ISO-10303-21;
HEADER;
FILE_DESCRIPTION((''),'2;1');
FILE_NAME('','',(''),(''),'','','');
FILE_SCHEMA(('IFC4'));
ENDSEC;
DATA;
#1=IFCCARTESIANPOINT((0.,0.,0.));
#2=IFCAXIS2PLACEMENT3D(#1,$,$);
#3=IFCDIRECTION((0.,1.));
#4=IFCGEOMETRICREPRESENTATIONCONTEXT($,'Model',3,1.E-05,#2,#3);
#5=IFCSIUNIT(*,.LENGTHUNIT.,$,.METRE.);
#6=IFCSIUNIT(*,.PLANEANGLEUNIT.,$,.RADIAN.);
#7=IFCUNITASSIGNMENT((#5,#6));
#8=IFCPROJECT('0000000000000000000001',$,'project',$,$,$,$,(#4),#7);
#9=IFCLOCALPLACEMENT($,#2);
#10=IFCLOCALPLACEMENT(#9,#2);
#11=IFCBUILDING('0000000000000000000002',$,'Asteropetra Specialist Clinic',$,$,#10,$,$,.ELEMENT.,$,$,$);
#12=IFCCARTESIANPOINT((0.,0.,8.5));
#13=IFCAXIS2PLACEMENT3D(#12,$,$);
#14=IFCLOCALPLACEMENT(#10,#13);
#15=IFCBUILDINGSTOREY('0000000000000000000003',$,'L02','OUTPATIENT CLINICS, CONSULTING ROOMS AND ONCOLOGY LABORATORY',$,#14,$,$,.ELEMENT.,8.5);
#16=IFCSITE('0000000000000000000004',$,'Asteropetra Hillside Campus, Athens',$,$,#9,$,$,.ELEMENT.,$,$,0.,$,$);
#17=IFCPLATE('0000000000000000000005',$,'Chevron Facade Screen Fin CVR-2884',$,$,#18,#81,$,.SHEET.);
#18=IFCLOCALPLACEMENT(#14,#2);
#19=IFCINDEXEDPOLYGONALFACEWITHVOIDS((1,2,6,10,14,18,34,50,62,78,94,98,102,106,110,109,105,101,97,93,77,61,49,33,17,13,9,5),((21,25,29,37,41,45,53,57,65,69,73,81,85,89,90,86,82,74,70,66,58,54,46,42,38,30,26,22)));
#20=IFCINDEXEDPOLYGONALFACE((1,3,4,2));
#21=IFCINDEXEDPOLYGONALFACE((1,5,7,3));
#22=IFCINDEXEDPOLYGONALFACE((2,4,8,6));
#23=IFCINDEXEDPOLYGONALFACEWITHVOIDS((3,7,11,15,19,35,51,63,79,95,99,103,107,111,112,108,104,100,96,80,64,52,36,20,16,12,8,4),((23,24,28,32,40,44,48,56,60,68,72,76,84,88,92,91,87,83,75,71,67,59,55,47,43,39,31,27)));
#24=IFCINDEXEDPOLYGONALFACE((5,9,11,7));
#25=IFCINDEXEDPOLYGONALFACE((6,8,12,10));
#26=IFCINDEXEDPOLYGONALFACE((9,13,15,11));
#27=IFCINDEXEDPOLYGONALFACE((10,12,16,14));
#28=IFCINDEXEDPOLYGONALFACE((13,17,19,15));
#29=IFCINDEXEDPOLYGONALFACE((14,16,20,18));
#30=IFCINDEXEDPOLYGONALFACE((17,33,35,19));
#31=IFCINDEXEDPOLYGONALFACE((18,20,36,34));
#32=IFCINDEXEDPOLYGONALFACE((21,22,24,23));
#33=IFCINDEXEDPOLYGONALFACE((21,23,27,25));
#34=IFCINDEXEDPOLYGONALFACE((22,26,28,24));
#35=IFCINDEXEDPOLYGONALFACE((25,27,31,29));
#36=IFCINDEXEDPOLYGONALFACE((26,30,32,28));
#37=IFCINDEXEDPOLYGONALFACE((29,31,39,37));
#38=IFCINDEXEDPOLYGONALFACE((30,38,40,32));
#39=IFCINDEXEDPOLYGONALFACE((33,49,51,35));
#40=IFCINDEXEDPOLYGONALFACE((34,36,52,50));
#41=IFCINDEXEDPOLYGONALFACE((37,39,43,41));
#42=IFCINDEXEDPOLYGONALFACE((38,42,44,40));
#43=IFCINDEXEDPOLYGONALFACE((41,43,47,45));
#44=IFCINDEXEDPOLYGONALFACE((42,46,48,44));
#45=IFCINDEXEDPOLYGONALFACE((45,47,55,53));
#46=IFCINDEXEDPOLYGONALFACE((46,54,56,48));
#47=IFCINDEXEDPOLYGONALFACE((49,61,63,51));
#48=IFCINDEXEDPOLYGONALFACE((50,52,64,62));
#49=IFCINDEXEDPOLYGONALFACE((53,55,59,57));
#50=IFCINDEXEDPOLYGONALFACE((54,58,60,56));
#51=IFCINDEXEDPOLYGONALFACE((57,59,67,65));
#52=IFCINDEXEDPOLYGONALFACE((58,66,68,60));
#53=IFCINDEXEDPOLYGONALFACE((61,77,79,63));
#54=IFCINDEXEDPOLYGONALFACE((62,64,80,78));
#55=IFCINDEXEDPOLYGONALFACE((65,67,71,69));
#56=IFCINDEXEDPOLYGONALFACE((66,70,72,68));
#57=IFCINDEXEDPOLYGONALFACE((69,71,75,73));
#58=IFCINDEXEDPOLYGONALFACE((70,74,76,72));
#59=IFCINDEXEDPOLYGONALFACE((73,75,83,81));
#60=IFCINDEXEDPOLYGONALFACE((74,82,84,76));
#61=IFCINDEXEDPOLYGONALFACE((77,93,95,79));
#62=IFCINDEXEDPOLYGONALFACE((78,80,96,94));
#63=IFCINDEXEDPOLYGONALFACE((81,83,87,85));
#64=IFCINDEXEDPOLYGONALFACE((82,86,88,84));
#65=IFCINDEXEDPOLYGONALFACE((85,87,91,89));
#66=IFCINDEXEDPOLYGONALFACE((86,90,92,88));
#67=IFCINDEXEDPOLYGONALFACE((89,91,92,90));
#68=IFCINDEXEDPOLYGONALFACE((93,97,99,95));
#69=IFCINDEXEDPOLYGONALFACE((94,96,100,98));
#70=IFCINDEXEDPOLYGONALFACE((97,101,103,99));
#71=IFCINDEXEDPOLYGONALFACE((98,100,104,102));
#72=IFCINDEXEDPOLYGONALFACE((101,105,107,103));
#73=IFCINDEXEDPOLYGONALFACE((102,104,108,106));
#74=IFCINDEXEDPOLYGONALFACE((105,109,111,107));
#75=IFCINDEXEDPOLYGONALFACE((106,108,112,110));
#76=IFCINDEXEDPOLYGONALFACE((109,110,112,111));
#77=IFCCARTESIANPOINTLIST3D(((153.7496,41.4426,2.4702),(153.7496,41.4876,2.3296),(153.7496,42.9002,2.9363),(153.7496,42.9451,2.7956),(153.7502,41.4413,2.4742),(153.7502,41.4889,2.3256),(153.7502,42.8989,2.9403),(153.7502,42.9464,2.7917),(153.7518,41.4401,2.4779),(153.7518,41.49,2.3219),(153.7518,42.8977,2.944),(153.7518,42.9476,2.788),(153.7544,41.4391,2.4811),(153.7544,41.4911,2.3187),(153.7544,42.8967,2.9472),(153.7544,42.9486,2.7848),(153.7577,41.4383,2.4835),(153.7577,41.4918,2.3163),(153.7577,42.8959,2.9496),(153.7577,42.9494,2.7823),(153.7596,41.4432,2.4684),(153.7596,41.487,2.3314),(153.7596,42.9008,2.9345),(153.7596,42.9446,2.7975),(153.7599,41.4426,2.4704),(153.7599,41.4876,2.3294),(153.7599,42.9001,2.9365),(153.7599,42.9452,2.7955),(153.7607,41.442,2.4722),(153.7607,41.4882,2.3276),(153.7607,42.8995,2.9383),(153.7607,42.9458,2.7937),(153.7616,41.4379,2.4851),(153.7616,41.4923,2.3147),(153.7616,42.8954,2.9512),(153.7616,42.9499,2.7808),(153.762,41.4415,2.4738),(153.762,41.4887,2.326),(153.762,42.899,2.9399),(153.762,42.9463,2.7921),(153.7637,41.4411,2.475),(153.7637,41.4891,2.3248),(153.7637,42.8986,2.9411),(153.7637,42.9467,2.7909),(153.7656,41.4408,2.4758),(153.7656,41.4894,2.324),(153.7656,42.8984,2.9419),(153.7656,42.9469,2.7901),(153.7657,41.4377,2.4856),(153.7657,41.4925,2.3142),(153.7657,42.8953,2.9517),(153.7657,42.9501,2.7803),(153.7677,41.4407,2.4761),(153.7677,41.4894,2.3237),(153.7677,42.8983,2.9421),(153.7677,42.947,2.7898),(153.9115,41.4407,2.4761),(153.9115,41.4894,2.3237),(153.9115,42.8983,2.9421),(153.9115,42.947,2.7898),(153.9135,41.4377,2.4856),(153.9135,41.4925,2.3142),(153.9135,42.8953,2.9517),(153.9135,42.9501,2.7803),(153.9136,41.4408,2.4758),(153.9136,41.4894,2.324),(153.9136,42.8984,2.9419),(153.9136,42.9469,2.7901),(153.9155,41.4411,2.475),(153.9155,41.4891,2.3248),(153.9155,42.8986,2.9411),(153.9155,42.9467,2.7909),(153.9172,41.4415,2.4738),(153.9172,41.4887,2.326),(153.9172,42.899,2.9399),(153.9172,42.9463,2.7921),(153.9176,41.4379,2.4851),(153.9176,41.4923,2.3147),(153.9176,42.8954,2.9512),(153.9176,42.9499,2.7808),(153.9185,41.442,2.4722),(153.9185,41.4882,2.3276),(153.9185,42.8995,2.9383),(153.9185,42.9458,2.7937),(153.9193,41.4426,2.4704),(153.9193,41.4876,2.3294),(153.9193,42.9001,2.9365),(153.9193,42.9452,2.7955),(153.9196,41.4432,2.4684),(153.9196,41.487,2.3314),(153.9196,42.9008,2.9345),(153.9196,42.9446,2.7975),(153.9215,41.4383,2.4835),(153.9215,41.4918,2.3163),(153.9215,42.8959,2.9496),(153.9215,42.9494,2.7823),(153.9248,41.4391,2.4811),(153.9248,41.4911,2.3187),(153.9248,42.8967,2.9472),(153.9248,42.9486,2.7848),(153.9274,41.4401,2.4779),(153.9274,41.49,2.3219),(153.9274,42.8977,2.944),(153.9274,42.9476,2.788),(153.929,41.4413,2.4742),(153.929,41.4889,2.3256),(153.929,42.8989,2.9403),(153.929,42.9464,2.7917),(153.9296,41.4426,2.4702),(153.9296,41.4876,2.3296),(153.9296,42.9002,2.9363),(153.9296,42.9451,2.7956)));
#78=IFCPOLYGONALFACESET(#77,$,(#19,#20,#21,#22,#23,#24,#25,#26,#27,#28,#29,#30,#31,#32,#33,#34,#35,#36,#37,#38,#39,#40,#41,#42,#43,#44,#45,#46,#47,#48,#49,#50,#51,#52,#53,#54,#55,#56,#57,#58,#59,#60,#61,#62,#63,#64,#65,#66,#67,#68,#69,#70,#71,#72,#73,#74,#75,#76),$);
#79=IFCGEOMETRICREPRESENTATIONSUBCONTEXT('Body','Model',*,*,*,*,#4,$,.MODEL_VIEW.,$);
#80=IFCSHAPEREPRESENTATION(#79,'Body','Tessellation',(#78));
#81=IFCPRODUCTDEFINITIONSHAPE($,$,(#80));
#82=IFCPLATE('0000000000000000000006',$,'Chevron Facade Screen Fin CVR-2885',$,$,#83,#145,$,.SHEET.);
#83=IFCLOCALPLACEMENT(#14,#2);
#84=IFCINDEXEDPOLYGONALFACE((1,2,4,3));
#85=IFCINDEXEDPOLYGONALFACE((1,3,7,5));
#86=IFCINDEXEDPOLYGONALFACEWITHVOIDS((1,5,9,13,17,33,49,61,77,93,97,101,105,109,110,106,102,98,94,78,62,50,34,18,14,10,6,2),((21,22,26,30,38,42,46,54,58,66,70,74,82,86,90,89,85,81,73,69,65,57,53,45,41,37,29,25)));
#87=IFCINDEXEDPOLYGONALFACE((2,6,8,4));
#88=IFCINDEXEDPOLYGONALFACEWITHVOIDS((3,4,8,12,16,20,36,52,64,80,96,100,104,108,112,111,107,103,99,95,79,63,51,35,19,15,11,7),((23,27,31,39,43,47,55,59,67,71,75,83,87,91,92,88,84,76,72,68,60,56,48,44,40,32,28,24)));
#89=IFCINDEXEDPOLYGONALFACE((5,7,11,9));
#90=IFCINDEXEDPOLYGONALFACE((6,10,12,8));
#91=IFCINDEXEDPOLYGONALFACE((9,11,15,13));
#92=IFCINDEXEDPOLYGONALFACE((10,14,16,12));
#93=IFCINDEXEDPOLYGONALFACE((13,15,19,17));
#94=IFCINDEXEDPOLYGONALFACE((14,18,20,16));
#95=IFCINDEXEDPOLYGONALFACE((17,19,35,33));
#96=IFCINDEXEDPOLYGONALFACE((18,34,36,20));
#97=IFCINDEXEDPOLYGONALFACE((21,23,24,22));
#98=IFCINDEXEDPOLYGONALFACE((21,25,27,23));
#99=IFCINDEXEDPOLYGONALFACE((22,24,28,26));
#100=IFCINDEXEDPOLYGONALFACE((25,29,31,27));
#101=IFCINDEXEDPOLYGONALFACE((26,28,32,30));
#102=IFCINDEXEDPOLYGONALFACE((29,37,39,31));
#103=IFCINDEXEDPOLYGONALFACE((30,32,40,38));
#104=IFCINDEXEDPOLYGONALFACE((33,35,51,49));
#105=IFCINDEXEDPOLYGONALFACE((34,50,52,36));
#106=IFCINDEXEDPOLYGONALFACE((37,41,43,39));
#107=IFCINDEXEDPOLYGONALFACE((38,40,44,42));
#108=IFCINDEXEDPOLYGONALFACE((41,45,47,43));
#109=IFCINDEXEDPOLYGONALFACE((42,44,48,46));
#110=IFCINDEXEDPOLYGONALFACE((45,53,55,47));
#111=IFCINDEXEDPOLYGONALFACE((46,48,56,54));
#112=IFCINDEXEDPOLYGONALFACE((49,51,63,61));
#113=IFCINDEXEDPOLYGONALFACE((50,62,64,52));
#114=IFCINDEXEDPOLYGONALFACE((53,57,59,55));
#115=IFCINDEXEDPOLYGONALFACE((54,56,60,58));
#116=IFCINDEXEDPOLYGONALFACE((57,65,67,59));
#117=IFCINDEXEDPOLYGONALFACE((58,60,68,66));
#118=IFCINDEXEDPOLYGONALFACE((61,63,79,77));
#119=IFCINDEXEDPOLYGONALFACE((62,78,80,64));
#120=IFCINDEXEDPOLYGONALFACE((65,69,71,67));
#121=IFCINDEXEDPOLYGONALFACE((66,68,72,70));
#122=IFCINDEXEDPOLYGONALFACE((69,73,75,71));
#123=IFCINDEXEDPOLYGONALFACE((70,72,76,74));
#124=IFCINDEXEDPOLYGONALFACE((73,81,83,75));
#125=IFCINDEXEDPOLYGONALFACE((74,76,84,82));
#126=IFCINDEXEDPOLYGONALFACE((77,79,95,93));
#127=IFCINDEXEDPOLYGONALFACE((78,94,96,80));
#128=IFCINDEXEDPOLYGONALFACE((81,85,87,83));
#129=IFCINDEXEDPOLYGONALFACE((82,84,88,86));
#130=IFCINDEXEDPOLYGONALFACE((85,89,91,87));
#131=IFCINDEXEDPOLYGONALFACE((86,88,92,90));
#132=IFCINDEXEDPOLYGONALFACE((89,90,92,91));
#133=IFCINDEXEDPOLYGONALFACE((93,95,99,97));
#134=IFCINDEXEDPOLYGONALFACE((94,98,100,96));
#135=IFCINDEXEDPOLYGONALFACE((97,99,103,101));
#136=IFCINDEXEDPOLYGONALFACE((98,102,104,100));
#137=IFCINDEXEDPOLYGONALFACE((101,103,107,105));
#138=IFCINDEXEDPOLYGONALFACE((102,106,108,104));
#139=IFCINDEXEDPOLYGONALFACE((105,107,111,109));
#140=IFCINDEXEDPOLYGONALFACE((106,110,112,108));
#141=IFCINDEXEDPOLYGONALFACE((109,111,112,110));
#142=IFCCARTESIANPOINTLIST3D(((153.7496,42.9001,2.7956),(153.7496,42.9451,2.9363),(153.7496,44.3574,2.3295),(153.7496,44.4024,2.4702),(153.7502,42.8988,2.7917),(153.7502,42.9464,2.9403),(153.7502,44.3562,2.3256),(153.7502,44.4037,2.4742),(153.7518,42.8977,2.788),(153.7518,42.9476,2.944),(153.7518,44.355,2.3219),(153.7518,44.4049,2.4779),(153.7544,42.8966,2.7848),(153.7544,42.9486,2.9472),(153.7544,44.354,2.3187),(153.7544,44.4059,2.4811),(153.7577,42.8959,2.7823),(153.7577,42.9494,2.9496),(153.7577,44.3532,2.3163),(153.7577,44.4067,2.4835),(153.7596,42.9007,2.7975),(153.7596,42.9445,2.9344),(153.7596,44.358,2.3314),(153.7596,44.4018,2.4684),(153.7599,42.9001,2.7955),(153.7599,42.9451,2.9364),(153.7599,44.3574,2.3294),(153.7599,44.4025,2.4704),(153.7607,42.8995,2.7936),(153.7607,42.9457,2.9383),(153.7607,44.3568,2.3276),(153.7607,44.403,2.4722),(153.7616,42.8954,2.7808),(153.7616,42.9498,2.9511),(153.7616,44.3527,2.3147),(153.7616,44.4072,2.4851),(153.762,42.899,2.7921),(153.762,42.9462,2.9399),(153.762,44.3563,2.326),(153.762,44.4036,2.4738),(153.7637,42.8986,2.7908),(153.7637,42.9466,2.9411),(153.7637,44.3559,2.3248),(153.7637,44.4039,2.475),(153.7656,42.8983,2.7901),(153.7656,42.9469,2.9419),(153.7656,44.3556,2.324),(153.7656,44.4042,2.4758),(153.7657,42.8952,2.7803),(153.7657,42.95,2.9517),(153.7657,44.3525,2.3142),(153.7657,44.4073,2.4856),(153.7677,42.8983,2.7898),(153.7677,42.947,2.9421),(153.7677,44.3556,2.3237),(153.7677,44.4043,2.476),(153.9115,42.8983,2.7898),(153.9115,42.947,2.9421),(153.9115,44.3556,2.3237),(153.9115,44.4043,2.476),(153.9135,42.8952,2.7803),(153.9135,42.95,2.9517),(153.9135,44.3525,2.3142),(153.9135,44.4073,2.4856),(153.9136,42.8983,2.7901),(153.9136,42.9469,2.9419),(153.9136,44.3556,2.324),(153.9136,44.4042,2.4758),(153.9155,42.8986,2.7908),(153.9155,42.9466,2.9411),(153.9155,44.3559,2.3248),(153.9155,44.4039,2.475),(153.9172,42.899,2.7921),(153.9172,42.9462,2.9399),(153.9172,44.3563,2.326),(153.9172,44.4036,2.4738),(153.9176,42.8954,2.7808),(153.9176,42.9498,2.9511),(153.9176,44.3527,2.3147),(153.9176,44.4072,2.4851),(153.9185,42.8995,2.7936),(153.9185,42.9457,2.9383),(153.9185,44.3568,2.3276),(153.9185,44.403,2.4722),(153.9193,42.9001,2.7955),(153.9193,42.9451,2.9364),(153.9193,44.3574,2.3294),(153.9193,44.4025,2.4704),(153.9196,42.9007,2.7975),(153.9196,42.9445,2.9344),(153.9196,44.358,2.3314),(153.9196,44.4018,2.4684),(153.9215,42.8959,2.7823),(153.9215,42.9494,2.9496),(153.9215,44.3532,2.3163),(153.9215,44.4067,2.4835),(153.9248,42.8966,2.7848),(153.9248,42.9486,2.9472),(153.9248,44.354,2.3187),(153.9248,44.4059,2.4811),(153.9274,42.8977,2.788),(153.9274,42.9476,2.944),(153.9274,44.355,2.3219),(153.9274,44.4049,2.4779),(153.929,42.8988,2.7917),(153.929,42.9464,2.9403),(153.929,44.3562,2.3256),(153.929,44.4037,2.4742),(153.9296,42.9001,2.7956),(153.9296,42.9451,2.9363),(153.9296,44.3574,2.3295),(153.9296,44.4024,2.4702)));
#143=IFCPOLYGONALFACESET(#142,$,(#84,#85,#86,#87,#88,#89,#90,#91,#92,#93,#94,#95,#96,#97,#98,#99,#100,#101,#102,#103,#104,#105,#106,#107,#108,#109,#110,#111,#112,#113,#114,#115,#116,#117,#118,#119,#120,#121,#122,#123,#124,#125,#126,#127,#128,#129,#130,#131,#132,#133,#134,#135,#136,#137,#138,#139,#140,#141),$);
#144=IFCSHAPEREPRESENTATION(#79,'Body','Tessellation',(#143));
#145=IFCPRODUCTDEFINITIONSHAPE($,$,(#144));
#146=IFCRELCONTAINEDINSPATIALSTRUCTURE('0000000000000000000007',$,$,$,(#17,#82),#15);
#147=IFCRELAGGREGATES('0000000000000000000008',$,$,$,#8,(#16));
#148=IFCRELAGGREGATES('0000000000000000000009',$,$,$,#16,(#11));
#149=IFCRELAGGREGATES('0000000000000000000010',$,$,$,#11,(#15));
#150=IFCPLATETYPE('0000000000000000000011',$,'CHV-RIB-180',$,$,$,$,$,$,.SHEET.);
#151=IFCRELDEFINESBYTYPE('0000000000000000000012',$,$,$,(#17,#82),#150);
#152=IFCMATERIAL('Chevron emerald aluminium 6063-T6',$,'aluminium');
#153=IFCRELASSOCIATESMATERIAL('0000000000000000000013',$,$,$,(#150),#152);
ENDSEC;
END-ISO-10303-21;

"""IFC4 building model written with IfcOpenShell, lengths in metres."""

from ifc_helpers import new_model, si_unit, direction, frame, origin, origin_2d, place, context, subcontext, project, spatial, hollow_rectangle, extrude, material, material_profile, profile_set, type_object, element, save


model = new_model("IFC4")

# Units and contexts
model_context = context("Model", 3, precision=1e-05, world=origin(), true_north=direction((0.0, 1.0)))
body_context = subcontext(model_context, "Body", "Model", "MODEL_VIEW")
ifc_project = project(units=[si_unit("LENGTHUNIT", "METRE"), si_unit("PLANEANGLEUNIT", "RADIAN")], contexts=[model_context])

# Site, building, storey
site_placement = place(None, origin())
site = spatial("IfcSite", under=ifc_project, at=site_placement, Name="Asteropetra Hillside Campus, Athens", CompositionType="ELEMENT", RefElevation=0.0)
building_placement = place(site_placement, origin())
building = spatial("IfcBuilding", under=site, at=building_placement, Name="Asteropetra Specialist Clinic", CompositionType="ELEMENT")
storey_placement = place(building_placement, frame((0.0, 0.0, 8.5)))
storey = spatial("IfcBuildingStorey", under=building, at=storey_placement, Name="L02", Description="OUTPATIENT CLINICS, CONSULTING ROOMS AND ONCOLOGY LABORATORY", CompositionType="ELEMENT", Elevation=8.5)

# Plates
ifc_material_1 = material(Name="Chevron emerald aluminium 6063-T6", Category="aluminium")
ifc_material_profile = material_profile(ifc_material_1, hollow_rectangle(XDim=0.1799, YDim=0.1799, WallThickness=0.01, InnerFilletRadius=0.0081, OuterFilletRadius=0.0161, at=origin_2d()), Name="SHS 180x180x10.0")
ifc_profile_set = profile_set([ifc_material_profile], Name="Chevron emerald aluminium 6063-T6")
plate_type = type_object("IfcPlateType", Name="CHV-RIB-180", PredefinedType="SHEET", material=ifc_profile_set)
plate_placement = place(storey_placement, frame((153.8396, 41.4651, 2.3999), z_axis=(0.0, 0.952489, 0.304573), x_axis=(-1.0, 0.0, 0.0)))
element("IfcPlate", 1, at=plate_placement, inside=storey, type_object=plate_type, Name="Chevron Facade Screen Fin CVR-2884", PredefinedType="SHEET", context=body_context, shape_type="SweptSolid", body=[
    extrude(hollow_rectangle(XDim=0.1799, YDim=0.1799, WallThickness=0.01, InnerFilletRadius=0.0081, OuterFilletRadius=0.0161, at=origin_2d()), origin(), (0.0, 0.0, 1.0), 1.5303),
])
for number, where, z_axis, x_axis, name in (
    (2, (153.8396, 42.9226, 2.866), (0.0, 0.952474, -0.304619), (-1.0, 0.0, 0.0), "Chevron Facade Screen Fin CVR-2885"),
):
    element("IfcPlate", number, at=place(storey_placement, frame(where, z_axis=z_axis, x_axis=x_axis)), inside=storey, type_object=plate_type, Name=name, PredefinedType="SHEET", context=body_context, shape_type="SweptSolid", body=[
        extrude(hollow_rectangle(XDim=0.1799, YDim=0.1799, WallThickness=0.01, InnerFilletRadius=0.0081, OuterFilletRadius=0.0161, at=origin_2d()), origin(), (0.0, 0.0, 1.0), 1.53),
    ])

save(model, "model.ifc")
